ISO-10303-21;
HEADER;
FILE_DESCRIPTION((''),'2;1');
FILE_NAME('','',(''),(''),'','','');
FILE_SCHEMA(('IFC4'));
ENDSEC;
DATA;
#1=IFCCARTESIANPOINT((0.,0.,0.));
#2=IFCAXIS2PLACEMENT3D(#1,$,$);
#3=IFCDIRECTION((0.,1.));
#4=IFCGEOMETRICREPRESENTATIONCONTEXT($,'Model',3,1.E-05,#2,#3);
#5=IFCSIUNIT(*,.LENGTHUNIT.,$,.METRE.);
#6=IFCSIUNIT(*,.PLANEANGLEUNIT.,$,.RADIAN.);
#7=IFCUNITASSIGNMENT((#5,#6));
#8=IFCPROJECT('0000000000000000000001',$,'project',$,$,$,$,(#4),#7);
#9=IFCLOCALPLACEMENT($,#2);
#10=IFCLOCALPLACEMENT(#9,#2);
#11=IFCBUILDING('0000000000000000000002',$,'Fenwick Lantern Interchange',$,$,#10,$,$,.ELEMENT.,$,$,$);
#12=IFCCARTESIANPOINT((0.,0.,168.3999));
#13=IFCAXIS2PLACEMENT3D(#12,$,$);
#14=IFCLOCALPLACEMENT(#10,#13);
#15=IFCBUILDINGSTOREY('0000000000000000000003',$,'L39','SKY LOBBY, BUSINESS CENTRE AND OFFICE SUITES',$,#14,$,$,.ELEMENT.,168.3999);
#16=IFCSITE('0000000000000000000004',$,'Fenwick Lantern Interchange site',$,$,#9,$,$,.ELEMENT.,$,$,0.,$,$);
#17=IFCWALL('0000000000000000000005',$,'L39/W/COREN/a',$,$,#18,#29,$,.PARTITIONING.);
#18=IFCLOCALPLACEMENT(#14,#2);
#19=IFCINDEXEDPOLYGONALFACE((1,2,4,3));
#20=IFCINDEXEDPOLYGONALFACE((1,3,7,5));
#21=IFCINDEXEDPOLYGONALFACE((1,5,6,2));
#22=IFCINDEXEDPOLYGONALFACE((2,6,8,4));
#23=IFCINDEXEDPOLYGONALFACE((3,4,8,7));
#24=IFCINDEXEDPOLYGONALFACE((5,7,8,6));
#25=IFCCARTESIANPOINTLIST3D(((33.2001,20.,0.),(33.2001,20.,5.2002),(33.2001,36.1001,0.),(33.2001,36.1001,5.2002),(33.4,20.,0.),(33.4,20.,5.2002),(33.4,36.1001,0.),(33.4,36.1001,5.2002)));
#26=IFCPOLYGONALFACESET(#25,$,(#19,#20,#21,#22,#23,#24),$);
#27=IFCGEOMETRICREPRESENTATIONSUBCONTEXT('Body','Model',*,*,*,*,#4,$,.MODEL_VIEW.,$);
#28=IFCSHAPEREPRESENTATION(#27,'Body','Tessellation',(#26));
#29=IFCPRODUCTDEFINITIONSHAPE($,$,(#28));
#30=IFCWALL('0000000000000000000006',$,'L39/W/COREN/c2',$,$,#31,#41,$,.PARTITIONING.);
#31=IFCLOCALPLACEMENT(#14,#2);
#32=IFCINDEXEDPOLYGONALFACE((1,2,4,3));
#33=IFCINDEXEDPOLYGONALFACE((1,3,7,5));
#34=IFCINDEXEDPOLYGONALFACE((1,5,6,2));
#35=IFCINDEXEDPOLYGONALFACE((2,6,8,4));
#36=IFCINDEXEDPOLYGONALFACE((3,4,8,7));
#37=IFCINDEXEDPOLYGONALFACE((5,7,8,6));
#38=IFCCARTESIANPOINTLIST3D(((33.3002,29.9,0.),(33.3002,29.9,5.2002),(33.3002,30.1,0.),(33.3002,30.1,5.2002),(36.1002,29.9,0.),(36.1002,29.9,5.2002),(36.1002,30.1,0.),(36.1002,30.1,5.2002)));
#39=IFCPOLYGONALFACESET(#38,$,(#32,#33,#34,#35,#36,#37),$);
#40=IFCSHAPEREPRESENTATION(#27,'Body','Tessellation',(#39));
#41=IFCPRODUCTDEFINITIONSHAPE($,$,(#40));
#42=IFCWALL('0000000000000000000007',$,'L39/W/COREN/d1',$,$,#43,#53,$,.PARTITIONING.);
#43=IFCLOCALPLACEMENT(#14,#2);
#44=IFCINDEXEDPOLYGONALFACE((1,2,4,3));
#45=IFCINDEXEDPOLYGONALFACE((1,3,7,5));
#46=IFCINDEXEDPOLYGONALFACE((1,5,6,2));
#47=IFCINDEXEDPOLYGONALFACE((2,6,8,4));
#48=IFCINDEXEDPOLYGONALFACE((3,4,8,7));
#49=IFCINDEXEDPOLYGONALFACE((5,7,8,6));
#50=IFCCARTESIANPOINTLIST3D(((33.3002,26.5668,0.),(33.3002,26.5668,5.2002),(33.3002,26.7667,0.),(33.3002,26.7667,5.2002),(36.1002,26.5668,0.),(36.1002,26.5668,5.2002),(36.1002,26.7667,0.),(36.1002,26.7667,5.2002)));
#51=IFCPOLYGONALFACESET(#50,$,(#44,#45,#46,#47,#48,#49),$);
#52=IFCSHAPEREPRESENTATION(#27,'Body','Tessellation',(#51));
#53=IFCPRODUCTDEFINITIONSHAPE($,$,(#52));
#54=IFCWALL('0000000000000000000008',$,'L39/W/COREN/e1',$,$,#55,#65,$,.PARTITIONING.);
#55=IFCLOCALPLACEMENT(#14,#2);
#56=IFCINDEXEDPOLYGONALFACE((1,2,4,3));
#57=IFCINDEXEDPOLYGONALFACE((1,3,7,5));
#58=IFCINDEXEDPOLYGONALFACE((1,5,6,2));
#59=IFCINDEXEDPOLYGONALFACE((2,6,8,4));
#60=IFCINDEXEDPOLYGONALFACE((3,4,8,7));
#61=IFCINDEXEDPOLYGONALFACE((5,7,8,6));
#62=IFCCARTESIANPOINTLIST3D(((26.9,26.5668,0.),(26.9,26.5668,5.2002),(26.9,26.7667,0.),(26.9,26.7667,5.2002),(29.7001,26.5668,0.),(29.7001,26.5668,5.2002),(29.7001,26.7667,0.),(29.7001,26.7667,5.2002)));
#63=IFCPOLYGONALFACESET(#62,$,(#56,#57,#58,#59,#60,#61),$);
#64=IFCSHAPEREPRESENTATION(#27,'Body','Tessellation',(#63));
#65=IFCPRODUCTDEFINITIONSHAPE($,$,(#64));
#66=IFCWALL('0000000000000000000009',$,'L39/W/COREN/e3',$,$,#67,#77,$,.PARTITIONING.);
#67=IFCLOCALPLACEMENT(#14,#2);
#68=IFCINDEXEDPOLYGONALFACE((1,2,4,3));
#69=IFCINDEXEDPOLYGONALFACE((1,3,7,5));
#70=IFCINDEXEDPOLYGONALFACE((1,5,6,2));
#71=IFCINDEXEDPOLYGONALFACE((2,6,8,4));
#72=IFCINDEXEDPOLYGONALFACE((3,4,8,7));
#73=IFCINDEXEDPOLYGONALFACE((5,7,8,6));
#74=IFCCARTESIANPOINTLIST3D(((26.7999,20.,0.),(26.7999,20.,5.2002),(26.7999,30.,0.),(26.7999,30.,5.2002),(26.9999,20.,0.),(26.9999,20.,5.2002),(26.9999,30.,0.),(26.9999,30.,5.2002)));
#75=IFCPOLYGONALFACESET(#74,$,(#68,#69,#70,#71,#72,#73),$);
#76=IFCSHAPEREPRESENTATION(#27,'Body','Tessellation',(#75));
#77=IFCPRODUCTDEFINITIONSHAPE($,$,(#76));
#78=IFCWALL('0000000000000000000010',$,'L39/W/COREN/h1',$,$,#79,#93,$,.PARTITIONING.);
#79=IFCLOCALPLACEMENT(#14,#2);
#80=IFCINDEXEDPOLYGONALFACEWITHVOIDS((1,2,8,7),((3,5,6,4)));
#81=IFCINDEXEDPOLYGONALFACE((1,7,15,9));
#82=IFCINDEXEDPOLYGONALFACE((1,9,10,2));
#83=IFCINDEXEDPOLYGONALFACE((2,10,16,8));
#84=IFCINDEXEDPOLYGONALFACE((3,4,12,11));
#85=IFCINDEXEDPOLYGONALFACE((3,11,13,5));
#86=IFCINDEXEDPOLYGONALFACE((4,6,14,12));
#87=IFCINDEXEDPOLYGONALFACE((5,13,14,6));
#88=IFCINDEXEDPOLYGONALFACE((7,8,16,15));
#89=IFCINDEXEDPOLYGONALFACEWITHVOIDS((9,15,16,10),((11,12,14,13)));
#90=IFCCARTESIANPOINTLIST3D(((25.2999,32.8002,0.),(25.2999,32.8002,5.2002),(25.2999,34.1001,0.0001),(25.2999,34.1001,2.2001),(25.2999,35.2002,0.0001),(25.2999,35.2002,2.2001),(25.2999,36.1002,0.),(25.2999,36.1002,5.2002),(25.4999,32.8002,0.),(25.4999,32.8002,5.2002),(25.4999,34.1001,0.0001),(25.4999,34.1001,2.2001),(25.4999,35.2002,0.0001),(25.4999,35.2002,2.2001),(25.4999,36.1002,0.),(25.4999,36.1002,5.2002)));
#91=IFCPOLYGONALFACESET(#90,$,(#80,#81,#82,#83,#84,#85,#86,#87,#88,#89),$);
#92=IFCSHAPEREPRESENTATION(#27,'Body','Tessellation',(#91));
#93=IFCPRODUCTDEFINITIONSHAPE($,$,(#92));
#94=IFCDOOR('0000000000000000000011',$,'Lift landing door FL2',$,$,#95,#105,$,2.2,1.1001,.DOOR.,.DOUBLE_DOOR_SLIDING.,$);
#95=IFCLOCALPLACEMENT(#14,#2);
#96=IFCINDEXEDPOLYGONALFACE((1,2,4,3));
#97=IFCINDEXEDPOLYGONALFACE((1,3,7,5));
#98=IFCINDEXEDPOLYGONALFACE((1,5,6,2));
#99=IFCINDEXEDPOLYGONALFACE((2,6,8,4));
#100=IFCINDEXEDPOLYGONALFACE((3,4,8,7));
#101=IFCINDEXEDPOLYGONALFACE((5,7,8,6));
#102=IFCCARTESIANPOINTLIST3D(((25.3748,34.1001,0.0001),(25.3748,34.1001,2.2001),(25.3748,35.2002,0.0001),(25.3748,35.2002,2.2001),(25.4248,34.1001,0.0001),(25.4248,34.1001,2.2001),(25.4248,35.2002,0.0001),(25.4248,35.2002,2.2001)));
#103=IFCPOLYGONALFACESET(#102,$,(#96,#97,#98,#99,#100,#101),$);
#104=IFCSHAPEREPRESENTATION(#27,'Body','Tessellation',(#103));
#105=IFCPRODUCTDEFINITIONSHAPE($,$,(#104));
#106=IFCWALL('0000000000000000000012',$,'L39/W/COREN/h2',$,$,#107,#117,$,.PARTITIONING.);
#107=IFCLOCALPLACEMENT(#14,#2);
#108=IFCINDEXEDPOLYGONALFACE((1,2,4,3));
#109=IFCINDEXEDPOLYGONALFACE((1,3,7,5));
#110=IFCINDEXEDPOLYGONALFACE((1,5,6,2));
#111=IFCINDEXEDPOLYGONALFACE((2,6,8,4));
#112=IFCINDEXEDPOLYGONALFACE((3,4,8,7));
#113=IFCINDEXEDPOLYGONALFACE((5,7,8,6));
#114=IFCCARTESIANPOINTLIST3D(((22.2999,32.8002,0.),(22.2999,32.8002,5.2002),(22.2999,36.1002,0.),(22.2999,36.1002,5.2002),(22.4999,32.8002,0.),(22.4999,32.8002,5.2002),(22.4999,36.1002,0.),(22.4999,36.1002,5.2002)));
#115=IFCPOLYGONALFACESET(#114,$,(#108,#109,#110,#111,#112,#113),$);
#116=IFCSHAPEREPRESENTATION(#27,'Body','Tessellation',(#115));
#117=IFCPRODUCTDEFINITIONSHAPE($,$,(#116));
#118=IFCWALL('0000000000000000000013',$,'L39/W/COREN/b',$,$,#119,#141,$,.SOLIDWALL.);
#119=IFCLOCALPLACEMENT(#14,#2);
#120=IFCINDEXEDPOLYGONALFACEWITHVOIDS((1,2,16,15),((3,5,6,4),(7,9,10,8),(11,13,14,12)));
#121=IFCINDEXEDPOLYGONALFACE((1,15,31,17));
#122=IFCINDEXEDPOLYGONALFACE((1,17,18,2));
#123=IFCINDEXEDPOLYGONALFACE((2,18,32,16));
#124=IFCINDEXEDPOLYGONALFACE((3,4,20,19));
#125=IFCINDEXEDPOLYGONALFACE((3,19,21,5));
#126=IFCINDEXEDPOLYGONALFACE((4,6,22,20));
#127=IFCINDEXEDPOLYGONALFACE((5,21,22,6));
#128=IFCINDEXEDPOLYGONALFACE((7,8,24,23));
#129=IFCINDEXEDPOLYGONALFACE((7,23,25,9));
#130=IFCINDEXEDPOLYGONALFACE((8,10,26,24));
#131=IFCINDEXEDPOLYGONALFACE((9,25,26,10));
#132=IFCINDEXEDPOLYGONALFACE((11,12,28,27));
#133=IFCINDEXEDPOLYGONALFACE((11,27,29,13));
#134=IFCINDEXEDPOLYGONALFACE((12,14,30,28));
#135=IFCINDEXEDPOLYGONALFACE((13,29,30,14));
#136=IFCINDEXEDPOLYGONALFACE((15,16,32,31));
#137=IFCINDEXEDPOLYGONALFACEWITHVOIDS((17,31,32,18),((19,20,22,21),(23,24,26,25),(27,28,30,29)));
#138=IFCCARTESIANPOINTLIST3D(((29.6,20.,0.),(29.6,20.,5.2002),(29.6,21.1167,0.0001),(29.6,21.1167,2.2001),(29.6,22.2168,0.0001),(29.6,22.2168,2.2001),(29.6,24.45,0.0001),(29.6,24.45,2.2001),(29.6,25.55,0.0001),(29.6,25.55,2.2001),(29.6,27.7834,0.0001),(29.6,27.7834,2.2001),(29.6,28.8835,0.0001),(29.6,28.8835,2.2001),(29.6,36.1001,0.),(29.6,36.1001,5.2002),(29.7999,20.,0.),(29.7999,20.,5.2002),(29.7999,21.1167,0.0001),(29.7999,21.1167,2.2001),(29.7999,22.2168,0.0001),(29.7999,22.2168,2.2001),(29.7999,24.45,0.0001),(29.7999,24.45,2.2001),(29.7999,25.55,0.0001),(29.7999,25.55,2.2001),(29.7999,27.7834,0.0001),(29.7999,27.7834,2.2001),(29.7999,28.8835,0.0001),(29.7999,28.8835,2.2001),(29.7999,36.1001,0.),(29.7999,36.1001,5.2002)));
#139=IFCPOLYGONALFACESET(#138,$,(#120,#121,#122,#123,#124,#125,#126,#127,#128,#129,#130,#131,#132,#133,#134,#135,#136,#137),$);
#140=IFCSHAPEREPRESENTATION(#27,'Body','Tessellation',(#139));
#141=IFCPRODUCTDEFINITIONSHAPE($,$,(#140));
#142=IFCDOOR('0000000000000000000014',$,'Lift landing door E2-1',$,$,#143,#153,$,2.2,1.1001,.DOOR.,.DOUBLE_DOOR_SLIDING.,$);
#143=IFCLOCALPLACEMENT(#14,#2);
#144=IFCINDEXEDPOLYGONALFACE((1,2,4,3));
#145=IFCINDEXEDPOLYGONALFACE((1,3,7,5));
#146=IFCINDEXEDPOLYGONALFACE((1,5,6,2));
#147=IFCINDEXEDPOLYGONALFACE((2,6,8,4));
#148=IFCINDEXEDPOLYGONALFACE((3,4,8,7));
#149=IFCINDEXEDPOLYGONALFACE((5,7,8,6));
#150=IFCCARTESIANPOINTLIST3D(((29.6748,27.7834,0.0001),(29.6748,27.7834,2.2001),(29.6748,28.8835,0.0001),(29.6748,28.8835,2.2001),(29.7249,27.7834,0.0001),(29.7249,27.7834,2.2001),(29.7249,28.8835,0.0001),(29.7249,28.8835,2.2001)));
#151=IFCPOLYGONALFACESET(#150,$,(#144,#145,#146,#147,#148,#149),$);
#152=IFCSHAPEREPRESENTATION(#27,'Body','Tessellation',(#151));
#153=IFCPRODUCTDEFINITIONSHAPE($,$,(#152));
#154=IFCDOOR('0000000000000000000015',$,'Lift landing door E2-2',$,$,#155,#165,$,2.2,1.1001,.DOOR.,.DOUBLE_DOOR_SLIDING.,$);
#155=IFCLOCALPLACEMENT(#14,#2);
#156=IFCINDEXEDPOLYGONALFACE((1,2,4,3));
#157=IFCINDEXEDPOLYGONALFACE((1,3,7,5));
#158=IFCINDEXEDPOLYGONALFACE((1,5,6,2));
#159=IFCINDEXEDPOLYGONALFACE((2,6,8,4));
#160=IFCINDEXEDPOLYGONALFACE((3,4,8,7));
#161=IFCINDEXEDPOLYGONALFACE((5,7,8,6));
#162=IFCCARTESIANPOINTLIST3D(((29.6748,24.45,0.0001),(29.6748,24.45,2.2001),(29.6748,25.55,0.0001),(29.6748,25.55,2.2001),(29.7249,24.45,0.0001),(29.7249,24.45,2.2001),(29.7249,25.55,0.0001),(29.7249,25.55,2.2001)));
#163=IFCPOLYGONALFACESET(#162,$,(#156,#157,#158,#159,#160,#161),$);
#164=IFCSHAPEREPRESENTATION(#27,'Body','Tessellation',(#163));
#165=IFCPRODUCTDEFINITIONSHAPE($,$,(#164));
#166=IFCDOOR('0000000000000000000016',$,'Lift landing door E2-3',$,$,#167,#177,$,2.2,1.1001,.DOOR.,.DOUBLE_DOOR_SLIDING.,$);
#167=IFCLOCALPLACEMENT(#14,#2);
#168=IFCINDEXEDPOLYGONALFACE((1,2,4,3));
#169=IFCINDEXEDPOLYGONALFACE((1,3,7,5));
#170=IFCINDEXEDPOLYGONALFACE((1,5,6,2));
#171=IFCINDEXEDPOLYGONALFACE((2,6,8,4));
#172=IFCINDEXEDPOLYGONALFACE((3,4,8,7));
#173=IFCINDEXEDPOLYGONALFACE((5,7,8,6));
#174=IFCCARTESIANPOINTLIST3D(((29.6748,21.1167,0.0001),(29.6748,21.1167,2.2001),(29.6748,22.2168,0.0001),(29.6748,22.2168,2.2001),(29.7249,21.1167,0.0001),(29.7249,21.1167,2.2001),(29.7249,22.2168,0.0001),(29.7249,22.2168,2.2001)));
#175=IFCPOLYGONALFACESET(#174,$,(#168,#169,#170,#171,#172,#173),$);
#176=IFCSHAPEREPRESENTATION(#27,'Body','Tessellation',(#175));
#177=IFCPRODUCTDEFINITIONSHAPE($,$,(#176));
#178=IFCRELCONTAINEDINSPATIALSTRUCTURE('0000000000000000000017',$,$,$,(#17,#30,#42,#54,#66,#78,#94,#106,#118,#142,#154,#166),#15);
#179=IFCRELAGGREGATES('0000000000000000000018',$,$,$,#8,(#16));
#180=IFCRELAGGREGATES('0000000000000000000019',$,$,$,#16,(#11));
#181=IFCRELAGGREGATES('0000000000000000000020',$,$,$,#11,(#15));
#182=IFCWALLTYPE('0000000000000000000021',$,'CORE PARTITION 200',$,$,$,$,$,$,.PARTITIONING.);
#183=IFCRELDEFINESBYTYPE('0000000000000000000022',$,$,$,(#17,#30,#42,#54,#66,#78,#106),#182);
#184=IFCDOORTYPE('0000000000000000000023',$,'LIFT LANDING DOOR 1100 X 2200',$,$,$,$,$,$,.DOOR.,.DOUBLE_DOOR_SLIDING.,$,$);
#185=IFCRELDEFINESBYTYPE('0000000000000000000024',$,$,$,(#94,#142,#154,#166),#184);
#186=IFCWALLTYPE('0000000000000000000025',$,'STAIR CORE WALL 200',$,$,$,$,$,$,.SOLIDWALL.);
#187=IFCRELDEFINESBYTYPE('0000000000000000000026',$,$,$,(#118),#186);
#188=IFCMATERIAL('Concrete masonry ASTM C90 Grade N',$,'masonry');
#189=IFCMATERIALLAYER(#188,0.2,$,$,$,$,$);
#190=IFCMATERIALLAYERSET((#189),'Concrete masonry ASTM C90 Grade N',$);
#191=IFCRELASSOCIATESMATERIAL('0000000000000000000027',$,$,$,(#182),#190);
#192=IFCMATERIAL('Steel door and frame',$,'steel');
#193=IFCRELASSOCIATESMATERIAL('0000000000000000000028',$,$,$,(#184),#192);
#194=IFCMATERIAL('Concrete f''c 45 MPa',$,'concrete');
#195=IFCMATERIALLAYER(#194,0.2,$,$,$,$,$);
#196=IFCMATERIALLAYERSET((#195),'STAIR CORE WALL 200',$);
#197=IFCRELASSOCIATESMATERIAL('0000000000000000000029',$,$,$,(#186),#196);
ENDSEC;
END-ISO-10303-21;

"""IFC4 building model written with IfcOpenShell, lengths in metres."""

from ifc_helpers import new_model, si_unit, direction, frame, frame_2d, origin, place, context, subcontext, project, spatial, rectangle, extrude, material, layer, layer_set, type_object, element, fill, save


model = new_model("IFC4")

# Units and contexts
model_context = context("Model", 3, precision=1e-05, world=origin(), true_north=direction((0.0, 1.0)))
body_context = subcontext(model_context, "Body", "Model", "MODEL_VIEW")
ifc_project = project(units=[si_unit("LENGTHUNIT", "METRE"), si_unit("PLANEANGLEUNIT", "RADIAN")], contexts=[model_context])

# Site, building, storey
site_placement = place(None, origin())
site = spatial("IfcSite", under=ifc_project, at=site_placement, Name="Fenwick Lantern Interchange site", CompositionType="ELEMENT", RefElevation=0.0)
building_placement = place(site_placement, origin())
building = spatial("IfcBuilding", under=site, at=building_placement, Name="Fenwick Lantern Interchange", CompositionType="ELEMENT")
storey_placement = place(building_placement, frame((0.0, 0.0, 168.3999)))
storey = spatial("IfcBuildingStorey", under=building, at=storey_placement, Name="L39", Description="SKY LOBBY, BUSINESS CENTRE AND OFFICE SUITES", CompositionType="ELEMENT", Elevation=168.3999)

# Walls
ifc_material_1 = material(Name="Concrete masonry ASTM C90 Grade N", Category="masonry")
ifc_layer_1 = layer(ifc_material_1, 0.2)
ifc_layer_set_1 = layer_set([ifc_layer_1], Name="Concrete masonry ASTM C90 Grade N")
wall_type_1 = type_object("IfcWallType", Name="CORE PARTITION 200", PredefinedType="PARTITIONING", material=ifc_layer_set_1)
wall_1_placement = place(storey_placement, frame((33.3, 36.1001, 0.0), z_axis=(0.0, 0.0, 1.0), x_axis=(0.0, -1.0, 0.0)))
element("IfcWall", 1, at=wall_1_placement, inside=storey, type_object=wall_type_1, Name="L39/W/COREN/a", PredefinedType="PARTITIONING", context=body_context, shape_type="SweptSolid", body=[
    extrude(rectangle(XDim=16.1001, YDim=0.2, at=frame_2d((8.05, 0.0))), origin(), (0.0, 0.0, 1.0), 5.2002),
])
for number, where, z_axis, x_axis, name in (
    (2, (36.1001, 30.0, 0.0), (0.0, 0.0, 1.0), (-1.0, 0.0, 0.0), "L39/W/COREN/c2"),
    (3, (36.1001, 26.6667, 0.0), (0.0, 0.0, 1.0), (-1.0, 0.0, 0.0), "L39/W/COREN/d1"),
    (4, (29.7, 26.6667, 0.0), (0.0, 0.0, 1.0), (-1.0, 0.0, 0.0), "L39/W/COREN/e1"),
):
    element("IfcWall", number, at=place(storey_placement, frame(where, z_axis=z_axis, x_axis=x_axis)), inside=storey, type_object=wall_type_1, Name=name, PredefinedType="PARTITIONING", context=body_context, shape_type="SweptSolid", body=[
        extrude(rectangle(XDim=2.8, YDim=0.2, at=frame_2d((1.3999, 0.0))), origin(), (0.0, 0.0, 1.0), 5.2002),
    ])
wall_2_placement = place(storey_placement, frame((26.8999, 30.0, 0.0), z_axis=(0.0, 0.0, 1.0), x_axis=(0.0, -1.0, 0.0)))
element("IfcWall", 5, at=wall_2_placement, inside=storey, type_object=wall_type_1, Name="L39/W/COREN/e3", PredefinedType="PARTITIONING", context=body_context, shape_type="SweptSolid", body=[
    extrude(rectangle(XDim=10.0, YDim=0.2, at=frame_2d((5.0, 0.0))), origin(), (0.0, 0.0, 1.0), 5.2002),
])

# Wall, opening, door
wall_3_placement = place(storey_placement, frame((25.3999, 36.1001, 0.0), z_axis=(0.0, 0.0, 1.0), x_axis=(0.0, -1.0, 0.0)))
wall_3 = element("IfcWall", 6, at=wall_3_placement, inside=storey, type_object=wall_type_1, Name="L39/W/COREN/h1", PredefinedType="PARTITIONING", context=body_context, shape_type="SweptSolid", body=[
    extrude(rectangle(XDim=3.3, YDim=0.2, at=frame_2d((1.6499, 0.0))), origin(), (0.0, 0.0, 1.0), 5.2002),
])
opening_1_placement = place(wall_3_placement, frame((0.8999, 0.0, 0.0)))
opening_1 = element("IfcOpeningElement", 7, at=opening_1_placement, cuts=wall_3, PredefinedType="OPENING", context=body_context, shape_type="SweptSolid", body=[
    extrude(rectangle(XDim=1.1001, YDim=2.2, at=frame_2d((0.55, 1.1001))), frame((0.0, 0.1099, 0.0), z_axis=(0.0, -1.0, 0.0), x_axis=(1.0, 0.0, 0.0)), (0.0, 0.0, 1.0), 0.22),
])
ifc_material_2 = material(Name="Steel door and frame", Category="steel")
door_type_1 = type_object("IfcDoorType", Name="LIFT LANDING DOOR 1100 X 2200", OperationType="DOUBLE_DOOR_SLIDING", PredefinedType="DOOR", material=ifc_material_2)
door_1_placement = place(opening_1_placement, origin())
door_1 = element("IfcDoor", 8, at=door_1_placement, inside=storey, type_object=door_type_1, Name="Lift landing door FL2", OperationType="DOUBLE_DOOR_SLIDING", OverallHeight=2.2, OverallWidth=1.1001, PredefinedType="DOOR", context=body_context, shape_type="SweptSolid", body=[
    extrude(rectangle(XDim=1.1001, YDim=2.2, at=frame_2d((0.55, 1.1001))), frame((0.0, 0.0249, 0.0), z_axis=(0.0, -1.0, 0.0), x_axis=(1.0, 0.0, 0.0)), (0.0, 0.0, 1.0), 0.05),
])
fill(opening_1, door_1)

# Wall
wall_4_placement = place(storey_placement, frame((22.3999, 36.1001, 0.0), z_axis=(0.0, 0.0, 1.0), x_axis=(0.0, -1.0, 0.0)))
element("IfcWall", 9, at=wall_4_placement, inside=storey, type_object=wall_type_1, Name="L39/W/COREN/h2", PredefinedType="PARTITIONING", context=body_context, shape_type="SweptSolid", body=[
    extrude(rectangle(XDim=3.3, YDim=0.2, at=frame_2d((1.6499, 0.0))), origin(), (0.0, 0.0, 1.0), 5.2002),
])

# Wall, openings, doors
ifc_material_3 = material(Name="Concrete f'c 45 MPa", Category="concrete")
ifc_layer_2 = layer(ifc_material_3, 0.2)
ifc_layer_set_2 = layer_set([ifc_layer_2], Name="STAIR CORE WALL 200")
wall_type_2 = type_object("IfcWallType", Name="STAIR CORE WALL 200", PredefinedType="SOLIDWALL", material=ifc_layer_set_2)
wall_5_placement = place(storey_placement, frame((29.7, 36.1001, 0.0), z_axis=(0.0, 0.0, 1.0), x_axis=(0.0, -1.0, 0.0)))
wall_5 = element("IfcWall", 10, at=wall_5_placement, inside=storey, type_object=wall_type_2, Name="L39/W/COREN/b", PredefinedType="SOLIDWALL", context=body_context, shape_type="SweptSolid", body=[
    extrude(rectangle(XDim=16.1001, YDim=0.2, at=frame_2d((8.05, 0.0))), origin(), (0.0, 0.0, 1.0), 5.2002),
])
opening_2_placement = place(wall_5_placement, frame((7.2166, 0.0, 0.0)))
opening_2 = element("IfcOpeningElement", 11, at=opening_2_placement, cuts=wall_5, PredefinedType="OPENING", context=body_context, shape_type="SweptSolid", body=[
    extrude(rectangle(XDim=1.1001, YDim=2.2, at=frame_2d((0.55, 1.1001))), frame((0.0, 0.1099, 0.0), z_axis=(0.0, -1.0, 0.0), x_axis=(1.0, 0.0, 0.0)), (0.0, 0.0, 1.0), 0.22),
])
opening_3_placement = place(wall_5_placement, frame((10.55, 0.0, 0.0)))
opening_3 = element("IfcOpeningElement", 12, at=opening_3_placement, cuts=wall_5, PredefinedType="OPENING", context=body_context, shape_type="SweptSolid", body=[
    extrude(rectangle(XDim=1.1001, YDim=2.2, at=frame_2d((0.55, 1.1001))), frame((0.0, 0.1099, 0.0), z_axis=(0.0, -1.0, 0.0), x_axis=(1.0, 0.0, 0.0)), (0.0, 0.0, 1.0), 0.22),
])
opening_4_placement = place(wall_5_placement, frame((13.8833, 0.0, 0.0)))
opening_4 = element("IfcOpeningElement", 13, at=opening_4_placement, cuts=wall_5, PredefinedType="OPENING", context=body_context, shape_type="SweptSolid", body=[
    extrude(rectangle(XDim=1.1001, YDim=2.2, at=frame_2d((0.55, 1.1001))), frame((0.0, 0.1099, 0.0), z_axis=(0.0, -1.0, 0.0), x_axis=(1.0, 0.0, 0.0)), (0.0, 0.0, 1.0), 0.22),
])
door_2_placement = place(opening_2_placement, origin())
door_2 = element("IfcDoor", 14, at=door_2_placement, inside=storey, type_object=door_type_1, Name="Lift landing door E2-1", OperationType="DOUBLE_DOOR_SLIDING", OverallHeight=2.2, OverallWidth=1.1001, PredefinedType="DOOR", context=body_context, shape_type="SweptSolid", body=[
    extrude(rectangle(XDim=1.1001, YDim=2.2, at=frame_2d((0.55, 1.1001))), frame((0.0, 0.0249, 0.0), z_axis=(0.0, -1.0, 0.0), x_axis=(1.0, 0.0, 0.0)), (0.0, 0.0, 1.0), 0.05),
])
fill(opening_2, door_2)
door_3_placement = place(opening_3_placement, origin())
door_3 = element("IfcDoor", 15, at=door_3_placement, inside=storey, type_object=door_type_1, Name="Lift landing door E2-2", OperationType="DOUBLE_DOOR_SLIDING", OverallHeight=2.2, OverallWidth=1.1001, PredefinedType="DOOR", context=body_context, shape_type="SweptSolid", body=[
    extrude(rectangle(XDim=1.1001, YDim=2.2, at=frame_2d((0.55, 1.1001))), frame((0.0, 0.0249, 0.0), z_axis=(0.0, -1.0, 0.0), x_axis=(1.0, 0.0, 0.0)), (0.0, 0.0, 1.0), 0.05),
])
fill(opening_3, door_3)
door_4_placement = place(opening_4_placement, origin())
door_4 = element("IfcDoor", 16, at=door_4_placement, inside=storey, type_object=door_type_1, Name="Lift landing door E2-3", OperationType="DOUBLE_DOOR_SLIDING", OverallHeight=2.2, OverallWidth=1.1001, PredefinedType="DOOR", context=body_context, shape_type="SweptSolid", body=[
    extrude(rectangle(XDim=1.1001, YDim=2.2, at=frame_2d((0.55, 1.1001))), frame((0.0, 0.0249, 0.0), z_axis=(0.0, -1.0, 0.0), x_axis=(1.0, 0.0, 0.0)), (0.0, 0.0, 1.0), 0.05),
])
fill(opening_4, door_4)

save(model, "model.ifc")
